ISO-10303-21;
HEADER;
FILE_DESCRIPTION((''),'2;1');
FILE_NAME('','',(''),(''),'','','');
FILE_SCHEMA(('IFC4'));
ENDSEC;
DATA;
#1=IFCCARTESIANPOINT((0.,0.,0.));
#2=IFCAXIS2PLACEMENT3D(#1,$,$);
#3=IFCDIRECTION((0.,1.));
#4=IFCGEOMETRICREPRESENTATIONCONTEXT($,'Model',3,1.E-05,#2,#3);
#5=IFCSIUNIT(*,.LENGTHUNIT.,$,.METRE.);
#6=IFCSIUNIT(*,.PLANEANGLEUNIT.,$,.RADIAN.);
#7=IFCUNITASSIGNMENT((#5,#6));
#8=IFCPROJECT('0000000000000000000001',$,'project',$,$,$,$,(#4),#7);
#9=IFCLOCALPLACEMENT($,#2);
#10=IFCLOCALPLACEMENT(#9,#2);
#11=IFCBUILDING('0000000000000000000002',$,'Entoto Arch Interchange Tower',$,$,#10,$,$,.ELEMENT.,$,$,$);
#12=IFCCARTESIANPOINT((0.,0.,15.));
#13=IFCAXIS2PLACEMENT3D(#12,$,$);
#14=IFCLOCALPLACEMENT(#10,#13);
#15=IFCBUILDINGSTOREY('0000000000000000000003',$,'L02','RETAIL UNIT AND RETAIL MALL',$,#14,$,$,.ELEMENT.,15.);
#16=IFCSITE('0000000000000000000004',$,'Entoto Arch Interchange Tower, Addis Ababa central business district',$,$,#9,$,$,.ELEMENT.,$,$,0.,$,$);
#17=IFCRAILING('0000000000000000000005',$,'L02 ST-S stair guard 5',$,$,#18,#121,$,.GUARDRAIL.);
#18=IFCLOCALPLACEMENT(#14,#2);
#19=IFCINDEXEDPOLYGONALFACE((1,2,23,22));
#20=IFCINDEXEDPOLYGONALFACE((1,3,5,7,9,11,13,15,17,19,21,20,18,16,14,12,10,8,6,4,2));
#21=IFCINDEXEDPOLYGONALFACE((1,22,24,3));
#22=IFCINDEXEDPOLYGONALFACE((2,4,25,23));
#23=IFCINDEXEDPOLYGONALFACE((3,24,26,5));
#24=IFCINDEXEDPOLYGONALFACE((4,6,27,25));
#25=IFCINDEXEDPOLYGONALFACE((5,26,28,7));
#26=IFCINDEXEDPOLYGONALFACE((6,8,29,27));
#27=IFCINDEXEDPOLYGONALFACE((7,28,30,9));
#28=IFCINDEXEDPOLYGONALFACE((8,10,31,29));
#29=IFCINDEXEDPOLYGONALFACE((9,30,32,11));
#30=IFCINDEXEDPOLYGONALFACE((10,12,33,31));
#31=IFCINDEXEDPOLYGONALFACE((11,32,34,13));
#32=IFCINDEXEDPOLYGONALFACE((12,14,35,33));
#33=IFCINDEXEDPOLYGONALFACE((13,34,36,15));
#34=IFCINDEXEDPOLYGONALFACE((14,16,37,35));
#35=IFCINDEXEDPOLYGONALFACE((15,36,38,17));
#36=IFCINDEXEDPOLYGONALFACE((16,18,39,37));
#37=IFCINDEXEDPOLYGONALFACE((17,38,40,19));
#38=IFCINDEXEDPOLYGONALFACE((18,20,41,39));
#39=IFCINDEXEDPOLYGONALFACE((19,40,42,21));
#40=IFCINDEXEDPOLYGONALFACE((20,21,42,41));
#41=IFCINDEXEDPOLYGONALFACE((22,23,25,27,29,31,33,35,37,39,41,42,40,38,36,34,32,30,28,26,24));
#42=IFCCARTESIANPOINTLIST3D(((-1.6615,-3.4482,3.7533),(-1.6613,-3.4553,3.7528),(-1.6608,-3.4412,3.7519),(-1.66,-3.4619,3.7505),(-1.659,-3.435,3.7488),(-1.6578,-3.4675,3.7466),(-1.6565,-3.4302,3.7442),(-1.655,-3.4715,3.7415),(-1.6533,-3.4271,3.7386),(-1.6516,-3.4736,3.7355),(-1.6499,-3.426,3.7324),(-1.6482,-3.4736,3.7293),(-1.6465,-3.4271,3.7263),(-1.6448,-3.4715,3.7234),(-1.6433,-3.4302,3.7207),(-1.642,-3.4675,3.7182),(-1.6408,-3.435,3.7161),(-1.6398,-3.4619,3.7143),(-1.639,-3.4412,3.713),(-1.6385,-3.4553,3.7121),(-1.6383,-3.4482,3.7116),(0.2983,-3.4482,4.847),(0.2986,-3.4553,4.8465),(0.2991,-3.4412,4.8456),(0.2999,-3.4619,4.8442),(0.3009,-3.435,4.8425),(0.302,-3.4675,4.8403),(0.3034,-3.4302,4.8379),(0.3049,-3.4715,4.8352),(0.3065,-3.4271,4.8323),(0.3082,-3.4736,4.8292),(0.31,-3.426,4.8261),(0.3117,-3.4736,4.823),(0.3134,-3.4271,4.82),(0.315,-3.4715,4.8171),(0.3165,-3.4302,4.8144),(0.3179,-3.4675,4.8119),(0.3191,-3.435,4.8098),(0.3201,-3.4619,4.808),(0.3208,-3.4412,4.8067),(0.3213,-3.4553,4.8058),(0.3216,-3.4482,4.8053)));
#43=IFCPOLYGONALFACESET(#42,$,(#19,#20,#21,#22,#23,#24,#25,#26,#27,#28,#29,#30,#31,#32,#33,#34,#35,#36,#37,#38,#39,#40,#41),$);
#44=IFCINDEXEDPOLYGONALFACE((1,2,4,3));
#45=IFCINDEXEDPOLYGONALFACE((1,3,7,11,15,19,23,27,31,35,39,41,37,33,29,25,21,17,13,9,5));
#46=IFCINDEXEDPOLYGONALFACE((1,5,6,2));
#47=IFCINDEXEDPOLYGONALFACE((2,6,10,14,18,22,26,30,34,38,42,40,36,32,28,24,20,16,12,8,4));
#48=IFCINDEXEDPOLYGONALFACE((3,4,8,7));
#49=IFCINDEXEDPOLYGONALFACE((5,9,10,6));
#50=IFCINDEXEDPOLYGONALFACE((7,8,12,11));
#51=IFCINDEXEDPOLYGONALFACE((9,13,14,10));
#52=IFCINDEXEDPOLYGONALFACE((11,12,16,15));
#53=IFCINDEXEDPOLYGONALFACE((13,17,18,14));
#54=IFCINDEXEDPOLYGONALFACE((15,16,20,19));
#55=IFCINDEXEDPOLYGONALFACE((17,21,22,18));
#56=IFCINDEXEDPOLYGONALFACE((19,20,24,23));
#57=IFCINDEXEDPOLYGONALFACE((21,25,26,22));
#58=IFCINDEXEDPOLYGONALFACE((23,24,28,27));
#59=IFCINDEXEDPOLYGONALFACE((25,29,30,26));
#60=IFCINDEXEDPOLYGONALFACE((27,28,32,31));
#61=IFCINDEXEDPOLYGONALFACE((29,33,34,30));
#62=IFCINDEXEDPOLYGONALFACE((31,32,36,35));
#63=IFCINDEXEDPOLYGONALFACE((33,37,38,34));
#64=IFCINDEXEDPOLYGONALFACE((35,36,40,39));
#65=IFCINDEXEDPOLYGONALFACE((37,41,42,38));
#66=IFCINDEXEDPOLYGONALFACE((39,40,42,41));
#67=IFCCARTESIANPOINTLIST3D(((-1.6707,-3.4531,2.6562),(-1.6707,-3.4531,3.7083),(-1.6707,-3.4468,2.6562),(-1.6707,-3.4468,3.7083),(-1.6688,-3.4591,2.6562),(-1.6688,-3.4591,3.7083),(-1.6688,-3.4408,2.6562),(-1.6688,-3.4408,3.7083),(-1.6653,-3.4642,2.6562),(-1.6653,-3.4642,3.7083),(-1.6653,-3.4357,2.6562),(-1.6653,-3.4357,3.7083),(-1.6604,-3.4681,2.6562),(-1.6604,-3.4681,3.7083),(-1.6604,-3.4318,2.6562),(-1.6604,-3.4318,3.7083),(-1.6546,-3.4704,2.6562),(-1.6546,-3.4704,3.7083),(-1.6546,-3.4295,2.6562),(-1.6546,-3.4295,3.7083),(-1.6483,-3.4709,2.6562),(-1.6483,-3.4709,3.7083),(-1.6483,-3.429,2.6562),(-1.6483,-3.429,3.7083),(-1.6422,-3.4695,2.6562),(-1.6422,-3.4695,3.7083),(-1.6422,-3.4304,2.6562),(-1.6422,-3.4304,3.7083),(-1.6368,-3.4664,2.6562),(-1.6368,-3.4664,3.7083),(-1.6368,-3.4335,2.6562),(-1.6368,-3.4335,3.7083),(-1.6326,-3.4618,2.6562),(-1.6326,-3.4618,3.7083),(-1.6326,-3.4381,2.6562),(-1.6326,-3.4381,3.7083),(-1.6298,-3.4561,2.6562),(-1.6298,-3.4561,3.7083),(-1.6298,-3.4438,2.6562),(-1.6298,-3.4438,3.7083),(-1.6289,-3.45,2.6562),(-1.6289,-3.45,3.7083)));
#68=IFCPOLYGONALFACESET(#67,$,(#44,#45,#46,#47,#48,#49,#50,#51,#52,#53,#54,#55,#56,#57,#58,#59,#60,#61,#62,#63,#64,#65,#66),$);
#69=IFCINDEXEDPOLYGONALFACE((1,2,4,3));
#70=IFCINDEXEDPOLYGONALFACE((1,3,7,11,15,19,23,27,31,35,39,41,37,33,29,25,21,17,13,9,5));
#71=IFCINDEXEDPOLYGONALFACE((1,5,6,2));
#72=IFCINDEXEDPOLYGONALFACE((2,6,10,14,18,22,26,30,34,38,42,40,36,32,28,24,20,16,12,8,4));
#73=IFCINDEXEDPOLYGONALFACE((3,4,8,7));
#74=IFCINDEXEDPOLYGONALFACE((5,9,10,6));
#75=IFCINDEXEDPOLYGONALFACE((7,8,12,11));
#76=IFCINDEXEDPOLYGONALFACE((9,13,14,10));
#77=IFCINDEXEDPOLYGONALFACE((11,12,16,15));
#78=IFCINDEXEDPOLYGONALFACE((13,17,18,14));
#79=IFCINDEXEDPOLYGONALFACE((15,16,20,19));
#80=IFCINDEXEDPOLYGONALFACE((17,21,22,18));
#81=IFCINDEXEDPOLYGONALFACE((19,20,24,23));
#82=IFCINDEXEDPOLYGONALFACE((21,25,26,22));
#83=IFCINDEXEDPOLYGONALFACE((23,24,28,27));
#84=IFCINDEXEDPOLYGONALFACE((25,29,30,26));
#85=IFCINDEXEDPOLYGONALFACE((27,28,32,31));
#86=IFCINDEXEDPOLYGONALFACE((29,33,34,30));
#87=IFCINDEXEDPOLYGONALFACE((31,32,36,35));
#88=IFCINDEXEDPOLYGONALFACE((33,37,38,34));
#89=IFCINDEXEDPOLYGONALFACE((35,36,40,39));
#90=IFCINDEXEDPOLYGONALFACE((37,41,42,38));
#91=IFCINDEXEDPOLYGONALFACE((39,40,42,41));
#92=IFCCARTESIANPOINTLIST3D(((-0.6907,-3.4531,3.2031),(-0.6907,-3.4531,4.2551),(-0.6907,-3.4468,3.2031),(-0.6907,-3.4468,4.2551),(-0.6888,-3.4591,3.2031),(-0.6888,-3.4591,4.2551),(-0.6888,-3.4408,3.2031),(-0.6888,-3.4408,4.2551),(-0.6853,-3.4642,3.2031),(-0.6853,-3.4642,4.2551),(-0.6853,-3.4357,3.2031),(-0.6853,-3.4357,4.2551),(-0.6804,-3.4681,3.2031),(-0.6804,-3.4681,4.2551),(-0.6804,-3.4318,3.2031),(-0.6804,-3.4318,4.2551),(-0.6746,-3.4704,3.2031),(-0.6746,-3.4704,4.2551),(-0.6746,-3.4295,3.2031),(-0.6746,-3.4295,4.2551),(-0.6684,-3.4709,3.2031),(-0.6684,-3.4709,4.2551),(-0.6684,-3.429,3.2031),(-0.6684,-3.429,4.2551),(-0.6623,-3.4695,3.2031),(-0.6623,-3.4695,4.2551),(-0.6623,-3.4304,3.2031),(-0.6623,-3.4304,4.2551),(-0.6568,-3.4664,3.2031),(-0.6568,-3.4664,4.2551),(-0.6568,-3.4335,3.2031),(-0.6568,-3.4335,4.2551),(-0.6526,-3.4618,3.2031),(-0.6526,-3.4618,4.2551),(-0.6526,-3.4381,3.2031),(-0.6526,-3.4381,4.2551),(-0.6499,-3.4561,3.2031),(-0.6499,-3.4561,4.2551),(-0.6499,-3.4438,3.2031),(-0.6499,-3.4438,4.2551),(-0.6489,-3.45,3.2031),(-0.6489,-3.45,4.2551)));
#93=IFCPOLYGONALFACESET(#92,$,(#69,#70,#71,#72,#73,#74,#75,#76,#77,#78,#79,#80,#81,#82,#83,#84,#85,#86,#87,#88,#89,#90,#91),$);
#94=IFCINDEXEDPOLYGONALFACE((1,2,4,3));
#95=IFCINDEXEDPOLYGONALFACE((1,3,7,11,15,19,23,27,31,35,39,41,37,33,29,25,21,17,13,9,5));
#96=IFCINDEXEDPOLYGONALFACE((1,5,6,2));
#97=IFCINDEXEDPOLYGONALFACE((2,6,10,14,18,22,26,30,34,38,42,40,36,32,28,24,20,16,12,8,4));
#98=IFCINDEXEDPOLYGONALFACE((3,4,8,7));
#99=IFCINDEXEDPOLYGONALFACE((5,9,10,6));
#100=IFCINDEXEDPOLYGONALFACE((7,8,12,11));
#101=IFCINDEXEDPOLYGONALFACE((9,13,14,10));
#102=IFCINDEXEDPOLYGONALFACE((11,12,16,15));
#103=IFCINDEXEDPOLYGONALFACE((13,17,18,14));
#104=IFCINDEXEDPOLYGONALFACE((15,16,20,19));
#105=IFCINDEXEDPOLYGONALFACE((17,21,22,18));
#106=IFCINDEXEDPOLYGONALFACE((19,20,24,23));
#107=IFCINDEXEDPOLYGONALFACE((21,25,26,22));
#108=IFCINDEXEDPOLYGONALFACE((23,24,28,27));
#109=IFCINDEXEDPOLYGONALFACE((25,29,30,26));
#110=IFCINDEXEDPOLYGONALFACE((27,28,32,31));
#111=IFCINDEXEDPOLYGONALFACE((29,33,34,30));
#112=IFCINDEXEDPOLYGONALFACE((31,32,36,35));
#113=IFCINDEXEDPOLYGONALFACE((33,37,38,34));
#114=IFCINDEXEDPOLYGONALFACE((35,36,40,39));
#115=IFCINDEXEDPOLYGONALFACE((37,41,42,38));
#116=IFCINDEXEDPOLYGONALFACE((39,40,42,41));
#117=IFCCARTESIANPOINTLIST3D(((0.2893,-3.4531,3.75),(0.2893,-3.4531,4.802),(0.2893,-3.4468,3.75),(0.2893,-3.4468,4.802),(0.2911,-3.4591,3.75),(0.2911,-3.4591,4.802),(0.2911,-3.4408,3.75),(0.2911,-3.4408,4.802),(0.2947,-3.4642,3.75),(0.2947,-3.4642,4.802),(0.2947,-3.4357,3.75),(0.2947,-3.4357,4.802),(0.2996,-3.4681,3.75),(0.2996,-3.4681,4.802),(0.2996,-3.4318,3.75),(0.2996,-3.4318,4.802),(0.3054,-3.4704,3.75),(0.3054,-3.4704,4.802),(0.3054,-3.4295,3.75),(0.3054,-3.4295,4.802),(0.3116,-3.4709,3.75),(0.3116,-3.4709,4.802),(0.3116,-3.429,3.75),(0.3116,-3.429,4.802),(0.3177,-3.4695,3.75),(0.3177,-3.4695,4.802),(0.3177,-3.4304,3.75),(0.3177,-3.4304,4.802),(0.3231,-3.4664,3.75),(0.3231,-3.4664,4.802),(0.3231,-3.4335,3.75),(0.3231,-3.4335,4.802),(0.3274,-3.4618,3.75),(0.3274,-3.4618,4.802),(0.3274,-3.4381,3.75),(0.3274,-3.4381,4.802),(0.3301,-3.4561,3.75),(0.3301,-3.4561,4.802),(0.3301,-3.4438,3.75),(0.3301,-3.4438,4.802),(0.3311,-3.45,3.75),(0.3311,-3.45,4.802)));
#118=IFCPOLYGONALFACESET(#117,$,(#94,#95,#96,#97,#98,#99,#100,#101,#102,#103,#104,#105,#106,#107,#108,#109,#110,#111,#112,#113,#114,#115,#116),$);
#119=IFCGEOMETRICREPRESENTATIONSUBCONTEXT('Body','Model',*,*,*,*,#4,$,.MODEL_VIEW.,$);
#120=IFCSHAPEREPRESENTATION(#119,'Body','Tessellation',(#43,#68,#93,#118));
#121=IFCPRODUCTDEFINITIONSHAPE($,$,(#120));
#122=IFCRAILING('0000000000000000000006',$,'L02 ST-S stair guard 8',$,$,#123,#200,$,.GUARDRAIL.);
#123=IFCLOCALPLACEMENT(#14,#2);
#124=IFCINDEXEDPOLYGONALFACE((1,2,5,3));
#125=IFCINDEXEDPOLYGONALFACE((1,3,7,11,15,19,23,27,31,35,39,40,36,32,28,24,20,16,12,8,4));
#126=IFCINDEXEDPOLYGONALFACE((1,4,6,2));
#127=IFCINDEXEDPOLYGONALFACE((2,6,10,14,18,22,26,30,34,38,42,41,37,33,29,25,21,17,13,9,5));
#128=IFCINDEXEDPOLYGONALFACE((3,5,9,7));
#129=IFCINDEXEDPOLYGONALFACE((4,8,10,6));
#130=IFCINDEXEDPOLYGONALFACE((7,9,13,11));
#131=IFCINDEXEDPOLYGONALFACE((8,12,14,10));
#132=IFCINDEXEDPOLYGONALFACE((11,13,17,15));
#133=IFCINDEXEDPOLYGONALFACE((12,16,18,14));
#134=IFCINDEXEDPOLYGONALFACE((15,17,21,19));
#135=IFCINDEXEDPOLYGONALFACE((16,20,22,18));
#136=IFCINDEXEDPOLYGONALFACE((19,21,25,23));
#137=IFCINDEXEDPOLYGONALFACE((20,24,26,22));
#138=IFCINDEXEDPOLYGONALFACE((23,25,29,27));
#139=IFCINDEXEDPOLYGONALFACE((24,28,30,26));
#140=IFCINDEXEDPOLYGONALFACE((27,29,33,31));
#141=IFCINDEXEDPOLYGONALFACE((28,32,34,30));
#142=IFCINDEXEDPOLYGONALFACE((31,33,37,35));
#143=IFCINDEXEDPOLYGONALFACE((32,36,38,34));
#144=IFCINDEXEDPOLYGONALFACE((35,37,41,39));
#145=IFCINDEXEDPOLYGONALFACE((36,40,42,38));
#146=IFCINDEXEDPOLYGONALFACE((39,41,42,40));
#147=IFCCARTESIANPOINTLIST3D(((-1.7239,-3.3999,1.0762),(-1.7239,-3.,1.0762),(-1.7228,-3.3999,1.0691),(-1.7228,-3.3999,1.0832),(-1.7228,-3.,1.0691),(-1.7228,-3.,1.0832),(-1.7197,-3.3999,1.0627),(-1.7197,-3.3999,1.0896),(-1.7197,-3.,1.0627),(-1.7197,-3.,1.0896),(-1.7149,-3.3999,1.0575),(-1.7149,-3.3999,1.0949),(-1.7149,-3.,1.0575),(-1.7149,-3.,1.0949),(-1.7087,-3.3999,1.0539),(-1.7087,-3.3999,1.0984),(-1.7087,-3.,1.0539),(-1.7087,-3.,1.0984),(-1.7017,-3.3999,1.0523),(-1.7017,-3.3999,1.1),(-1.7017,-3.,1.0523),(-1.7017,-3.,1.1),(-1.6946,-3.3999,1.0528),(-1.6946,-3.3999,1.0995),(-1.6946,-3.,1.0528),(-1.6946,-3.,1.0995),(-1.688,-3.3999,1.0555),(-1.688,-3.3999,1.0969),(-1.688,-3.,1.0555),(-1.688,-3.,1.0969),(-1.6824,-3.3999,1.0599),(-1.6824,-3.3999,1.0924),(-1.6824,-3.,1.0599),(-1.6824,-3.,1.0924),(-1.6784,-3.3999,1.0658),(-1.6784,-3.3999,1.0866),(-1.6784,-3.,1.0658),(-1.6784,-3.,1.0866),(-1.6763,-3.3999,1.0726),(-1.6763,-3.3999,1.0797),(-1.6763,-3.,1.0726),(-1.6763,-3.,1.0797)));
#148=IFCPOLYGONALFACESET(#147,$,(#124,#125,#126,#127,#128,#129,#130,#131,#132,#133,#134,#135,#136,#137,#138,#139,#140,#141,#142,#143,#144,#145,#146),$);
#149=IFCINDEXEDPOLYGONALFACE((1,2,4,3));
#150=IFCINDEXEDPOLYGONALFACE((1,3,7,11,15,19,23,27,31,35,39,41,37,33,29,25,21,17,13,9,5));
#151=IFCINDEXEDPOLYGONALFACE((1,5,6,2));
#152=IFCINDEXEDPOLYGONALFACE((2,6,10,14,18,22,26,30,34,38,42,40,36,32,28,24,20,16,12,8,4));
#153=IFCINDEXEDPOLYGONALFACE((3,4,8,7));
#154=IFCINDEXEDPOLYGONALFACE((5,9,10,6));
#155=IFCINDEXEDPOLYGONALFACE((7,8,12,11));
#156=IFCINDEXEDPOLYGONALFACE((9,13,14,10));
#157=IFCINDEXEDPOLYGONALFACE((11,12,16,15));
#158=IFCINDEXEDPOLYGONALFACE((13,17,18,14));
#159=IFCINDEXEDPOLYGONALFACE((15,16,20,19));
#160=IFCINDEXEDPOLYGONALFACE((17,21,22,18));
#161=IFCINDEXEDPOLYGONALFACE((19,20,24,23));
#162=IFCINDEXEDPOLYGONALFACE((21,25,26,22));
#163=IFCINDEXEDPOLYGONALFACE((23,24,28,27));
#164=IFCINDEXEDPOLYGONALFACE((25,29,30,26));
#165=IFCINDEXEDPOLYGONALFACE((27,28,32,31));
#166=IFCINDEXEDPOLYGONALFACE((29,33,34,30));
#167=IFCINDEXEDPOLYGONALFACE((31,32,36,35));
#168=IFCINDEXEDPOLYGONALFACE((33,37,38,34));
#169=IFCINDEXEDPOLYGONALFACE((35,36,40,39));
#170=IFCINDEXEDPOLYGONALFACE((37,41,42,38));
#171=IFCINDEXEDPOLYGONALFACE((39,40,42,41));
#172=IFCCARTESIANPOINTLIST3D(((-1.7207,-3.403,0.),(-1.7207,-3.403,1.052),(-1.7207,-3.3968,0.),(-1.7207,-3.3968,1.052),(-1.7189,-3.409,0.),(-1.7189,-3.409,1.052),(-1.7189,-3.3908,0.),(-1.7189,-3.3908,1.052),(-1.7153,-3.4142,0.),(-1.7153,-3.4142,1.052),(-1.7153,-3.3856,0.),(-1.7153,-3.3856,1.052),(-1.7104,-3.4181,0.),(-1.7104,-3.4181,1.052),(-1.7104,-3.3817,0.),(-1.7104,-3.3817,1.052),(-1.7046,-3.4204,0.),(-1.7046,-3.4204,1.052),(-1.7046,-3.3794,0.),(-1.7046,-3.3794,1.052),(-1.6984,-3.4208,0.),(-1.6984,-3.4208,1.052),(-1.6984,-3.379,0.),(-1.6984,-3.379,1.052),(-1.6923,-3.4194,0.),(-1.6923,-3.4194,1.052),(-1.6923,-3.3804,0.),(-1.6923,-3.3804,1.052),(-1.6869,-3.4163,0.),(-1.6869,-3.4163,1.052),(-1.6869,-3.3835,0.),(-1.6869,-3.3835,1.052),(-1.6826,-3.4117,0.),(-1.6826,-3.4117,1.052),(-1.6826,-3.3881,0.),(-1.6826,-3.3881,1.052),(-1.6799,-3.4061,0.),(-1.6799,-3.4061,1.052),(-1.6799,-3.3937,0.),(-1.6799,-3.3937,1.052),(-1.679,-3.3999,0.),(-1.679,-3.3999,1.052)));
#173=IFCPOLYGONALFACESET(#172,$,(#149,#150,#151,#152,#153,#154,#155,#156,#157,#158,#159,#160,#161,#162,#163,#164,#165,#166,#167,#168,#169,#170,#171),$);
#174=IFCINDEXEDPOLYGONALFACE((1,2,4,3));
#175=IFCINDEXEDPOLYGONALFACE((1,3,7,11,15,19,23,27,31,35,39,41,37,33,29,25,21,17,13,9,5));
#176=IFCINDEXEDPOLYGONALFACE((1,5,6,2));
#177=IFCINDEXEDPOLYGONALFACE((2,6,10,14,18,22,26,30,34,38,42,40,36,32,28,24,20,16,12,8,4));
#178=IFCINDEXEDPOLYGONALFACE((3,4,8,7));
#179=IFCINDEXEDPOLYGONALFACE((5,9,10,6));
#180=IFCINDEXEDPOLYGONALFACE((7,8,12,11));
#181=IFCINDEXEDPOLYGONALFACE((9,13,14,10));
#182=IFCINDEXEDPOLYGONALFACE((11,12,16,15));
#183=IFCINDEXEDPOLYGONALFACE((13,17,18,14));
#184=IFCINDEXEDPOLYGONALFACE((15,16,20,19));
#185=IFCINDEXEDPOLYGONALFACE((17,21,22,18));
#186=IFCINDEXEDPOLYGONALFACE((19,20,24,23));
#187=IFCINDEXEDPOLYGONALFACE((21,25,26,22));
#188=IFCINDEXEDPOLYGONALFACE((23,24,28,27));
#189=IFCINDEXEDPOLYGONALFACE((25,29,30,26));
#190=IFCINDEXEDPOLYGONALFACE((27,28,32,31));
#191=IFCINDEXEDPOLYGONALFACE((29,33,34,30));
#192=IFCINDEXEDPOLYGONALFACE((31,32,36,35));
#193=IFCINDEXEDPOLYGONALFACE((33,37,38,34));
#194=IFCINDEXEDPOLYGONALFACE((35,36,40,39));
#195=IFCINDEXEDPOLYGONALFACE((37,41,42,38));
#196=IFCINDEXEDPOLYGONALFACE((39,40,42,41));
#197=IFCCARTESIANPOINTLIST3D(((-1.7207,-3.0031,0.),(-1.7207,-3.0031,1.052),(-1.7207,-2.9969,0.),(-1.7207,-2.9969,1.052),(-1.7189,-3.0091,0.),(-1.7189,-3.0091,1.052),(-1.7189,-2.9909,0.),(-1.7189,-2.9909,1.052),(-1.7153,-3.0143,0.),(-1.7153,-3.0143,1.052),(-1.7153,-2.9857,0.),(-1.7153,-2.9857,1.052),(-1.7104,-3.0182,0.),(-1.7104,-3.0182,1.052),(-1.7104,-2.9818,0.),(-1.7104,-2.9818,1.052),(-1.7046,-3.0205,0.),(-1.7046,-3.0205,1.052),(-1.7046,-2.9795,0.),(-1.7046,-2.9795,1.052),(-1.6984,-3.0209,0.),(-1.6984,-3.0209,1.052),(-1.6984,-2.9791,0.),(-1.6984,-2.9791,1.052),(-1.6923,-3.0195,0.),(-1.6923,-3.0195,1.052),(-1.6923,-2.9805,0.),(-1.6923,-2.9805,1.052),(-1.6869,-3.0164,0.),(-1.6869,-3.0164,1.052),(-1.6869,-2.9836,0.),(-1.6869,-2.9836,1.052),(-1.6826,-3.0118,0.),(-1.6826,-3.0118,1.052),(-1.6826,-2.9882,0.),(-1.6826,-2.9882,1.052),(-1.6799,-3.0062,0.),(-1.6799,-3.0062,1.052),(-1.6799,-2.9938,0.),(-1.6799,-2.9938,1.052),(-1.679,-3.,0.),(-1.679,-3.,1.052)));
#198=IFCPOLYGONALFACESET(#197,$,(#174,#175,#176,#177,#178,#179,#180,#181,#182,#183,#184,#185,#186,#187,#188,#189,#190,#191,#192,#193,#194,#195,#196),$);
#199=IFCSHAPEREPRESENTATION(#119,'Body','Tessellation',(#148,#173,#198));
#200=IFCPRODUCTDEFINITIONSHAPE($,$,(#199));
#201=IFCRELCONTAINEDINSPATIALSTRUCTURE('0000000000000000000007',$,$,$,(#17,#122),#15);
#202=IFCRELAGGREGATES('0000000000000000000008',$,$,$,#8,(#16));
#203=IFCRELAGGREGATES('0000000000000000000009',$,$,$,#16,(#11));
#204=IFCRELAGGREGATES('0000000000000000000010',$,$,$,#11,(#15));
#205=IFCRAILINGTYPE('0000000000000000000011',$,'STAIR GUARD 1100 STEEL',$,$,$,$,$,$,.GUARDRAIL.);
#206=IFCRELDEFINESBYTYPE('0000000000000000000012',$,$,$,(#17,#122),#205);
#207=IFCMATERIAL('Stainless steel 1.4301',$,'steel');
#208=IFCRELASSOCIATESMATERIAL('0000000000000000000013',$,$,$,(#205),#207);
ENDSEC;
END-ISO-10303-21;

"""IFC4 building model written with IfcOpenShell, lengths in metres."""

from ifc_helpers import new_model, si_unit, direction, frame, origin, origin_2d, place, context, subcontext, project, spatial, circle, extrude, material, type_object, element, save


model = new_model("IFC4")

# Units and contexts
model_context = context("Model", 3, precision=1e-05, world=origin(), true_north=direction((0.0, 1.0)))
body_context = subcontext(model_context, "Body", "Model", "MODEL_VIEW")
ifc_project = project(units=[si_unit("LENGTHUNIT", "METRE"), si_unit("PLANEANGLEUNIT", "RADIAN")], contexts=[model_context])

# Site, building, storey
site_placement = place(None, origin())
site = spatial("IfcSite", under=ifc_project, at=site_placement, Name="Entoto Arch Interchange Tower, Addis Ababa central business district", CompositionType="ELEMENT", RefElevation=0.0)
building_placement = place(site_placement, origin())
building = spatial("IfcBuilding", under=site, at=building_placement, Name="Entoto Arch Interchange Tower", CompositionType="ELEMENT")
storey_placement = place(building_placement, frame((0.0, 0.0, 15.0)))
storey = spatial("IfcBuildingStorey", under=building, at=storey_placement, Name="L02", Description="RETAIL UNIT AND RETAIL MALL", CompositionType="ELEMENT", Elevation=15.0)

# Railings
ifc_material_1 = material(Name="Stainless steel 1.4301", Category="steel")
railing_type_1 = type_object("IfcRailingType", Name="STAIR GUARD 1100 STEEL", PredefinedType="GUARDRAIL", material=ifc_material_1)
railing_1_placement = place(storey_placement, frame((-1.6499, -3.45, 2.6562)))
element("IfcRailing", 1, at=railing_1_placement, inside=storey, type_object=railing_type_1, Name="L02 ST-S stair guard 5", PredefinedType="GUARDRAIL", context=body_context, shape_type="SweptSolid", body=[
    extrude(circle(Radius=0.0239, at=origin_2d()), frame((0.0, 0.0, 1.0762), z_axis=(0.873232, 0.0, 0.487304), x_axis=(0.0, 1.0, 0.0)), (0.0, 0.0, 1.0), 2.2444),
    extrude(circle(Radius=0.021, at=origin_2d()), origin(), (0.0, 0.0, 1.0), 1.052),
    extrude(circle(Radius=0.021, at=origin_2d()), frame((0.98, 0.0, 0.5469)), (0.0, 0.0, 1.0), 1.052),
    extrude(circle(Radius=0.021, at=origin_2d()), frame((1.96, 0.0, 1.0938)), (0.0, 0.0, 1.0), 1.052),
])
railing_2_placement = place(storey_placement, frame((-1.7, -3.3999, 0.0)))
element("IfcRailing", 2, at=railing_2_placement, inside=storey, type_object=railing_type_1, Name="L02 ST-S stair guard 8", PredefinedType="GUARDRAIL", context=body_context, shape_type="SweptSolid", body=[
    extrude(circle(Radius=0.0239, at=origin_2d()), frame((0.0, 0.0, 1.0762), z_axis=(0.0, 1.0, 0.0), x_axis=(-1.0, 0.0, 0.0)), (0.0, 0.0, 1.0), 0.3999),
    extrude(circle(Radius=0.021, at=origin_2d()), origin(), (0.0, 0.0, 1.0), 1.052),
    extrude(circle(Radius=0.021, at=origin_2d()), frame((0.0, 0.3999, 0.0)), (0.0, 0.0, 1.0), 1.052),
])

save(model, "model.ifc")
